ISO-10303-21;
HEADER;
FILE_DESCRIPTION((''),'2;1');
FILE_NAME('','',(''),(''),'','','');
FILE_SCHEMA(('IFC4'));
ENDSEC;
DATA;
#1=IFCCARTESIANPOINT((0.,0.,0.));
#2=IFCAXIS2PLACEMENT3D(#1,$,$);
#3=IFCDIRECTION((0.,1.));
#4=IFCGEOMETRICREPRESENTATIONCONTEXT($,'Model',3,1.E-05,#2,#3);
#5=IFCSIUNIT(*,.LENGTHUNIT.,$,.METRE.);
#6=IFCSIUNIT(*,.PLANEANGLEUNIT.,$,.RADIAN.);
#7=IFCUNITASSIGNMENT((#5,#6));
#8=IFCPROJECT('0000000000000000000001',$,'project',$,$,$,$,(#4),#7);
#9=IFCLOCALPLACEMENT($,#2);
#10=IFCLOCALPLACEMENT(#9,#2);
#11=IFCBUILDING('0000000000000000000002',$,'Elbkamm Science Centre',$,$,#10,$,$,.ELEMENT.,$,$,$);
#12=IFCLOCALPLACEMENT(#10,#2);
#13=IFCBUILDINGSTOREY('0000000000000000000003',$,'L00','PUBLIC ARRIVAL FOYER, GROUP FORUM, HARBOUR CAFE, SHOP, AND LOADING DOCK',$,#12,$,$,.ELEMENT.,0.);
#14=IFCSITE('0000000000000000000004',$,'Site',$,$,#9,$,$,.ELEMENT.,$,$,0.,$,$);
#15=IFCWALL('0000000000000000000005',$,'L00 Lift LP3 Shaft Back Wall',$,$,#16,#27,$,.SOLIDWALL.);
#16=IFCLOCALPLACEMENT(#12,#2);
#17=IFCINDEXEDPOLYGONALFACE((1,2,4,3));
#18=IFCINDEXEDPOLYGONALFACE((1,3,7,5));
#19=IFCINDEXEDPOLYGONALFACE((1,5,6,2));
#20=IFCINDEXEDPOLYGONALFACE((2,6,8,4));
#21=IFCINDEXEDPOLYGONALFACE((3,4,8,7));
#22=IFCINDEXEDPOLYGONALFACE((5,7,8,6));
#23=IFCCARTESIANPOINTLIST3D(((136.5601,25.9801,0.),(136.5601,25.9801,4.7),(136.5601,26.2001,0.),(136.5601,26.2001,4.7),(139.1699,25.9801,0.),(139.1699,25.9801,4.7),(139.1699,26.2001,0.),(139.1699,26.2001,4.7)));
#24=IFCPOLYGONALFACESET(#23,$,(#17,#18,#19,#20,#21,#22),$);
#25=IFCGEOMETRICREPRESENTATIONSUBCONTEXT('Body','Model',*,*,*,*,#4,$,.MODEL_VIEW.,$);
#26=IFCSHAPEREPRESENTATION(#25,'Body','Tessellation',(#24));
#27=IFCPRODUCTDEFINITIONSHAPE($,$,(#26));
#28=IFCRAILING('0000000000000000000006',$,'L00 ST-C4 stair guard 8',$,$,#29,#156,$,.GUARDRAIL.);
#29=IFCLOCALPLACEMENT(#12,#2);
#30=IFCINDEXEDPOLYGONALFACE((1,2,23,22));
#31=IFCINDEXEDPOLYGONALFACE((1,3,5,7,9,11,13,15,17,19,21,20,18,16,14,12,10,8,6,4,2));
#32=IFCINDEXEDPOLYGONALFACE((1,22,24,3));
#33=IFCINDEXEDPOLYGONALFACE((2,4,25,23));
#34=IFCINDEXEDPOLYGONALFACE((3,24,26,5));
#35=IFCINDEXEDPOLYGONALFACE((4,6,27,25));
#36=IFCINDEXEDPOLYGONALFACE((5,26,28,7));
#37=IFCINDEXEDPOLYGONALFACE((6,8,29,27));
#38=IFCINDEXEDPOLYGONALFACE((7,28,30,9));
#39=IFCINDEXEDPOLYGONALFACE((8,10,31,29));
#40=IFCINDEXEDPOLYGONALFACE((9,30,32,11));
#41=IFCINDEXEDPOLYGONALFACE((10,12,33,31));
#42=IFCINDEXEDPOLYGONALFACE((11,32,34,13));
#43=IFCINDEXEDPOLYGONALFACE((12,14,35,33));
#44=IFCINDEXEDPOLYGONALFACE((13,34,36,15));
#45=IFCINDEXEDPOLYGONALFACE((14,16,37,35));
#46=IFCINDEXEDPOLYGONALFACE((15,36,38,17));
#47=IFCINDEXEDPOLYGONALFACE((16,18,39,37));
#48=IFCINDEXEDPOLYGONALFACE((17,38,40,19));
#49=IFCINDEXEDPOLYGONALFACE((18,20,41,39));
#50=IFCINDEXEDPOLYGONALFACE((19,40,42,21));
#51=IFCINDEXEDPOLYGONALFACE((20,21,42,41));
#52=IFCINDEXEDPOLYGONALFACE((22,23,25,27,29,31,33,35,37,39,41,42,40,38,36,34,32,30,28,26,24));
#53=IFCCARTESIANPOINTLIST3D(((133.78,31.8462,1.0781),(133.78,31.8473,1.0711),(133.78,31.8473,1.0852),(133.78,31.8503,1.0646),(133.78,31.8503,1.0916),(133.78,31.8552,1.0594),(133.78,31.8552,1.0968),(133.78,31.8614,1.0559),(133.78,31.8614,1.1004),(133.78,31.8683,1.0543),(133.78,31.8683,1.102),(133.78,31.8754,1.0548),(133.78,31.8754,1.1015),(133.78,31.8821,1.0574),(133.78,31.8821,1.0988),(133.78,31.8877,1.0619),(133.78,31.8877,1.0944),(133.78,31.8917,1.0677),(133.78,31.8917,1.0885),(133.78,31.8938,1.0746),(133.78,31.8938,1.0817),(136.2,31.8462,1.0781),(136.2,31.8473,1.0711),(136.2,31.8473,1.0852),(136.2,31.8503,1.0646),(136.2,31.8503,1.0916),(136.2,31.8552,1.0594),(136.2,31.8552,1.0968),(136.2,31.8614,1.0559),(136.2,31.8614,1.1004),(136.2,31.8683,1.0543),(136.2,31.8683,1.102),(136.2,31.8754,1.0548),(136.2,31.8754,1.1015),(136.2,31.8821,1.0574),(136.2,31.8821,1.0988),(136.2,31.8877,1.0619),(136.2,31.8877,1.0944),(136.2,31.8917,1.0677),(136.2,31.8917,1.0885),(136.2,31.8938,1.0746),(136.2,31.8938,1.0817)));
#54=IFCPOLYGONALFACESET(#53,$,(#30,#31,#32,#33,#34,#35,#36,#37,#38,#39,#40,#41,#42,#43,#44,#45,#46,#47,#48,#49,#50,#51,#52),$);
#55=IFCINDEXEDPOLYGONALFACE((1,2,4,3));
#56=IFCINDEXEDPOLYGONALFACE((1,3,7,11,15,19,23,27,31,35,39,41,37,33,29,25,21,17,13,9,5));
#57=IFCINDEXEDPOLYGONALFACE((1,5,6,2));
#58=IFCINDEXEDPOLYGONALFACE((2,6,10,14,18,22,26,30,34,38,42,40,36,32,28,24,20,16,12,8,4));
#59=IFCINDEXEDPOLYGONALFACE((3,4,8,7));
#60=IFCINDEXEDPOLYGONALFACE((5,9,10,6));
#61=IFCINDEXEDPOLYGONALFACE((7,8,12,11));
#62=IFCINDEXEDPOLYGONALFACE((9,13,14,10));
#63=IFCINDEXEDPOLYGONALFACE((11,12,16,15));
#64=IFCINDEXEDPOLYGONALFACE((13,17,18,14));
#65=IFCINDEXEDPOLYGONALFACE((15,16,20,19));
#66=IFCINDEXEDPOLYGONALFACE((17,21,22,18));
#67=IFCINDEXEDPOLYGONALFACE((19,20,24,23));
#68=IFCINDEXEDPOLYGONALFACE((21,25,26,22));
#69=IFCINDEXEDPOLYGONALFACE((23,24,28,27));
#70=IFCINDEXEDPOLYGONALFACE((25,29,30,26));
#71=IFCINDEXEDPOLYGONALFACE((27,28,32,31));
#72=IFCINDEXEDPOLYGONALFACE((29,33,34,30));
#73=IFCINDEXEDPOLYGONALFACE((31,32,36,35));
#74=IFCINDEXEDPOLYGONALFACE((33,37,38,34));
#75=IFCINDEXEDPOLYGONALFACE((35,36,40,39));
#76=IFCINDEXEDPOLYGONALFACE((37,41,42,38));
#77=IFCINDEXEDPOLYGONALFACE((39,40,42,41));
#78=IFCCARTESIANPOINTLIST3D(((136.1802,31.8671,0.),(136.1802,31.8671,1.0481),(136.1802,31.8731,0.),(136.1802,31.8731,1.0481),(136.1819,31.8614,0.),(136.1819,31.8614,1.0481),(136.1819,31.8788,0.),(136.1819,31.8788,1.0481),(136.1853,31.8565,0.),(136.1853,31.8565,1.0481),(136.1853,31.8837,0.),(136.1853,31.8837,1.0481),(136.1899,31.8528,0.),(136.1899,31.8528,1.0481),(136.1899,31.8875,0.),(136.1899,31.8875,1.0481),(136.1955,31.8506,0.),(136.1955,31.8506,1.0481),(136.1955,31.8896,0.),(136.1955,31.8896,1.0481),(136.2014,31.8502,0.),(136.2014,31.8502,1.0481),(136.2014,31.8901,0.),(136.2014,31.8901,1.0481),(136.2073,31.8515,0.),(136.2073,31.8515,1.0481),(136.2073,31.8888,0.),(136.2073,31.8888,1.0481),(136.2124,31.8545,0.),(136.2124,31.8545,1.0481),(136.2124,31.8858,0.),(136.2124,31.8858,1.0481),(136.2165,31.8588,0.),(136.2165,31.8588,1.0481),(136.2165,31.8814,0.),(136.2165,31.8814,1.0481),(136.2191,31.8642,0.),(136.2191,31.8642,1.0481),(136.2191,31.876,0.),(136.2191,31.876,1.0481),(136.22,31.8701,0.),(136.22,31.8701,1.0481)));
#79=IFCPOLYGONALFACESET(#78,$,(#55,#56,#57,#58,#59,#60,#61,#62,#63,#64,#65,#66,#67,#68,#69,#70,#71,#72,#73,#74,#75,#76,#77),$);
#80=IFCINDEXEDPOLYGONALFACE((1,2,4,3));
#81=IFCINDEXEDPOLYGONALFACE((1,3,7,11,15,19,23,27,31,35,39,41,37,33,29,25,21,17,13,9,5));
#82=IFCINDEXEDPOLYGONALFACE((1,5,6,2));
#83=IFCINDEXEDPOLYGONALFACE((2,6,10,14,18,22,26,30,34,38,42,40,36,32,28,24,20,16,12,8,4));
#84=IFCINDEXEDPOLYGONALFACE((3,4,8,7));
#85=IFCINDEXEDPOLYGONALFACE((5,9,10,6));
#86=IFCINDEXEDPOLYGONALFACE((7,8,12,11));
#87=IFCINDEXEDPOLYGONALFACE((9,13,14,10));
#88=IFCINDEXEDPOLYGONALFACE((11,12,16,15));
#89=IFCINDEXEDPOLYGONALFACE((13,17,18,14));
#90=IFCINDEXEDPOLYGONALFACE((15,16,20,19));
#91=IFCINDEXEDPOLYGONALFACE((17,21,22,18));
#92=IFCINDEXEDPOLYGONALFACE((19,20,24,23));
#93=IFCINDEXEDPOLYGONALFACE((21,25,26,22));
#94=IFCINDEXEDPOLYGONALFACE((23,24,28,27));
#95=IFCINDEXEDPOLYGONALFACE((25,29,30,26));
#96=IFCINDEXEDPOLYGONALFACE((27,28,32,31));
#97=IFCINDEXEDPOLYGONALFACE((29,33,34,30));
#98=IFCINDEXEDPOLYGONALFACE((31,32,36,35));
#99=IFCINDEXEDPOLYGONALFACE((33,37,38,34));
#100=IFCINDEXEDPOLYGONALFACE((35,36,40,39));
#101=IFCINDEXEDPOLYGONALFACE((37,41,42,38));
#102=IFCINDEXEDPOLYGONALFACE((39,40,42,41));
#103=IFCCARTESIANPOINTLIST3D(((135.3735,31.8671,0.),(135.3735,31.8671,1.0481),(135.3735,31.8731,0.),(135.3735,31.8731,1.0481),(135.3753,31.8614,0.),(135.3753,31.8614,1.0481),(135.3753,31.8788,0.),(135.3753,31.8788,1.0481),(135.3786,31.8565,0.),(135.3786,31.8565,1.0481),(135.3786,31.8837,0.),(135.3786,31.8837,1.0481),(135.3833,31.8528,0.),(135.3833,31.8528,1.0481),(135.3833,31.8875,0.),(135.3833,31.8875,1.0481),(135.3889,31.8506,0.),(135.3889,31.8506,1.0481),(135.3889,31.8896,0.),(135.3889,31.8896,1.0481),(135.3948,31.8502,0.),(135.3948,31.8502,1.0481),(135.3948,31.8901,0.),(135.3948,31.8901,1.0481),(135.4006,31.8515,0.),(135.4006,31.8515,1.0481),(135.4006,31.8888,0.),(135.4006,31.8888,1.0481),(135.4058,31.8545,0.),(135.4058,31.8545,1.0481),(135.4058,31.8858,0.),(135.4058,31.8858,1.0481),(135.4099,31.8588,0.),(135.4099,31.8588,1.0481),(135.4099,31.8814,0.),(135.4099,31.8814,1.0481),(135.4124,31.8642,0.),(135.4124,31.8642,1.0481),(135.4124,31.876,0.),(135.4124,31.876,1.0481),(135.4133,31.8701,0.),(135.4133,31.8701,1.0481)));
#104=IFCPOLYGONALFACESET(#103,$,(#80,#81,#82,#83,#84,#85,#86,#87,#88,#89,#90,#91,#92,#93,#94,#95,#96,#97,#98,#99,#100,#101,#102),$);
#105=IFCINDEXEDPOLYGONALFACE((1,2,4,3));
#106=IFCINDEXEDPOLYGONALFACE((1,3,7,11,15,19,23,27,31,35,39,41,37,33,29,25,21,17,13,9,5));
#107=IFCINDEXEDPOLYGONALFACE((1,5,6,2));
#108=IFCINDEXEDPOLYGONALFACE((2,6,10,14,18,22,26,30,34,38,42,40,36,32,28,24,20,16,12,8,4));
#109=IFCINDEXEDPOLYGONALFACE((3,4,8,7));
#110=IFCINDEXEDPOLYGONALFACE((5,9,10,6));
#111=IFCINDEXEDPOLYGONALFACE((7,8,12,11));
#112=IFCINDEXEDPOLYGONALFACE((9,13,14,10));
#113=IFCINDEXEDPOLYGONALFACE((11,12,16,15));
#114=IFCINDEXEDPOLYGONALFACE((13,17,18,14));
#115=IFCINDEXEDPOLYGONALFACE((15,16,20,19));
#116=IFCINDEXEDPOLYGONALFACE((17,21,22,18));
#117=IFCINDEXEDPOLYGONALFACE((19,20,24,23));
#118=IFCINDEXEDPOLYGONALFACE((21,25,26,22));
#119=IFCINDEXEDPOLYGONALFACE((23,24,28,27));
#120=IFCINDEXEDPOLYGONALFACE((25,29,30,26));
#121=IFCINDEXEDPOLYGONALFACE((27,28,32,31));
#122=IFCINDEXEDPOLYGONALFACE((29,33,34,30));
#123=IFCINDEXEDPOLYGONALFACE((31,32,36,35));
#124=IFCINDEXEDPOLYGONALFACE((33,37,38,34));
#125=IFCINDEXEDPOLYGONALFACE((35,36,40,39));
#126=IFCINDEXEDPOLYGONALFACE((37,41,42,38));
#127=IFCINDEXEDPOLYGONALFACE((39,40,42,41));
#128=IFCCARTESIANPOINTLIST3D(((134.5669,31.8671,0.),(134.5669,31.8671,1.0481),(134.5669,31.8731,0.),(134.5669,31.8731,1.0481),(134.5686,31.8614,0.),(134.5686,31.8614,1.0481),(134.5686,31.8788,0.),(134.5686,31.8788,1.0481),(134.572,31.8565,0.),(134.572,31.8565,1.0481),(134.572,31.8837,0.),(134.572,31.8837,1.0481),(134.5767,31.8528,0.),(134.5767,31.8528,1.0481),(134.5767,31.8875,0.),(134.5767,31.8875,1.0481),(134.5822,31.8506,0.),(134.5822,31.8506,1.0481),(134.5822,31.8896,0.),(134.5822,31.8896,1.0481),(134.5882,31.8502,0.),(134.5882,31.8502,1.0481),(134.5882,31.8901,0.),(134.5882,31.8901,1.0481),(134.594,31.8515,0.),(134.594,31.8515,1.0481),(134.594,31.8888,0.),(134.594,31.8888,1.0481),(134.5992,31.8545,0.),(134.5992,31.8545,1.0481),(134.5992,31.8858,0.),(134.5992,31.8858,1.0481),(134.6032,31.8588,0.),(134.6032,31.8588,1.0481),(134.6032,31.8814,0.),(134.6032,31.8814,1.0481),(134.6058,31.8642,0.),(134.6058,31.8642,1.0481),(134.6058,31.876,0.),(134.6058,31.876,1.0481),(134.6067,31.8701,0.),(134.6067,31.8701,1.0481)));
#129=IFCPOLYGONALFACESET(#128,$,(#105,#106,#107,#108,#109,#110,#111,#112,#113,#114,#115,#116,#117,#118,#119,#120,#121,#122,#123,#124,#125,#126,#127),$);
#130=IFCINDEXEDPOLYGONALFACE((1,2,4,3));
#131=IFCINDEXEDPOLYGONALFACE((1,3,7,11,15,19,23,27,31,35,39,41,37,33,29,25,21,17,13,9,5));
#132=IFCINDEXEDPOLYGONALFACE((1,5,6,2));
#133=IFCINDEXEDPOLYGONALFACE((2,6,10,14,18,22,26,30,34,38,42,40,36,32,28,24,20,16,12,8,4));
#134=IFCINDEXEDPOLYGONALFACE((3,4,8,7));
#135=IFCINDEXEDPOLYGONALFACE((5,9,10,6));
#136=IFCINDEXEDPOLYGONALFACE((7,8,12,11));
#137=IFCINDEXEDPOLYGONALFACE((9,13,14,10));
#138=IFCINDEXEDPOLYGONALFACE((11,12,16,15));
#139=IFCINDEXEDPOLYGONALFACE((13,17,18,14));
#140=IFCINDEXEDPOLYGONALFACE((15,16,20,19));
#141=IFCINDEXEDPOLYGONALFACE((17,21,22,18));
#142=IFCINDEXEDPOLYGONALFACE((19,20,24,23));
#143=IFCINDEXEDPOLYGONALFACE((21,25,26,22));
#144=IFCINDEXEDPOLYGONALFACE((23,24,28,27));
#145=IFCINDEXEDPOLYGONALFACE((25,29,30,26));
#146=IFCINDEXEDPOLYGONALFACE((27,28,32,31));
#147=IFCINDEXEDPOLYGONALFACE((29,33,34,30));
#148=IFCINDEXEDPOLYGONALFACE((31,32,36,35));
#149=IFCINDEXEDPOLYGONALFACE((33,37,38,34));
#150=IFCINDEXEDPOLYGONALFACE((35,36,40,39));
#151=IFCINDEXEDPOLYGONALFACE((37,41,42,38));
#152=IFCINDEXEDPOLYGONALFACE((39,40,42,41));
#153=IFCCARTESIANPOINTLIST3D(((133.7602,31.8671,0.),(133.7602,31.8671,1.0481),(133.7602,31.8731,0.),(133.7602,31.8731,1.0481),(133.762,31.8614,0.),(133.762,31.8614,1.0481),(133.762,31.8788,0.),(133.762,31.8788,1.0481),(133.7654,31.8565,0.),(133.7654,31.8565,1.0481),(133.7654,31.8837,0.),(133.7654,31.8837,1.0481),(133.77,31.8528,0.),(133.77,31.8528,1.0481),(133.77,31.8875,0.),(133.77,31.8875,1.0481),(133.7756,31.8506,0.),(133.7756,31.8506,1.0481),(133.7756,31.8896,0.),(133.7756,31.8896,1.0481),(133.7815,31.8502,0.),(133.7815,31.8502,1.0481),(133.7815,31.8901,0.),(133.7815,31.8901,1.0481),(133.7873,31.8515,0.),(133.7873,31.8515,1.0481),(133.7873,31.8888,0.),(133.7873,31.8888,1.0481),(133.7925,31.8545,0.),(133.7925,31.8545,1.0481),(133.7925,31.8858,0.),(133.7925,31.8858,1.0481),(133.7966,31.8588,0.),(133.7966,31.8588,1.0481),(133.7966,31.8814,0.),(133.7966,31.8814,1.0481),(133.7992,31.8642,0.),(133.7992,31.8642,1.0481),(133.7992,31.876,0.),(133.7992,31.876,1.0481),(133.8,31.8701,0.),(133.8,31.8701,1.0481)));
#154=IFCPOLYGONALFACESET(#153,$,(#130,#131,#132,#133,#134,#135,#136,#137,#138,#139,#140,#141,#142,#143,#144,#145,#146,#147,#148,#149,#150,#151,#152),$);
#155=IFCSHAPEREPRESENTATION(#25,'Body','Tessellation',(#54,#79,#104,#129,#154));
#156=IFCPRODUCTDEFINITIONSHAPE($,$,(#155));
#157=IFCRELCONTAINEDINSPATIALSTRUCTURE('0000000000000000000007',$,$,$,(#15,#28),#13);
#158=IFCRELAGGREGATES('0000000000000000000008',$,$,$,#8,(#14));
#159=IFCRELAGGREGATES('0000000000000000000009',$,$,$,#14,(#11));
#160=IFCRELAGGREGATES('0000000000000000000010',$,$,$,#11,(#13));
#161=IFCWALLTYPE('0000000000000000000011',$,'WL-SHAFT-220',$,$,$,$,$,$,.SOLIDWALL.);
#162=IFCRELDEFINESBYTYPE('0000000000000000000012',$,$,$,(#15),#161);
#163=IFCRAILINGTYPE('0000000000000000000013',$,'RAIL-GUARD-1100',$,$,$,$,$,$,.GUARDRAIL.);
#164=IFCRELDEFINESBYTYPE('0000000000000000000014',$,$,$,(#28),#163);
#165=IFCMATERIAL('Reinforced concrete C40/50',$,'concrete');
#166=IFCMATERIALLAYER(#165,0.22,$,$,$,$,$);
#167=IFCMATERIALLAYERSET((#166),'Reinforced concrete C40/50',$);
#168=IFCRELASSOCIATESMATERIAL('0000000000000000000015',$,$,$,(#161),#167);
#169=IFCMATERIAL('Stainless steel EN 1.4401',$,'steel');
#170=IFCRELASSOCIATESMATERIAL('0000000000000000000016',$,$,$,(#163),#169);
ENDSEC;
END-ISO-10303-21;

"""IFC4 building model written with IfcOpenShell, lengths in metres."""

from ifc_helpers import new_model, si_unit, direction, frame, frame_2d, origin, origin_2d, place, context, subcontext, project, spatial, rectangle, circle, extrude, material, layer, layer_set, type_object, element, save


model = new_model("IFC4")

# Units and contexts
model_context = context("Model", 3, precision=1e-05, world=origin(), true_north=direction((0.0, 1.0)))
body_context = subcontext(model_context, "Body", "Model", "MODEL_VIEW")
ifc_project = project(units=[si_unit("LENGTHUNIT", "METRE"), si_unit("PLANEANGLEUNIT", "RADIAN")], contexts=[model_context])

# Site, building, storey
site_placement = place(None, origin())
site = spatial("IfcSite", under=ifc_project, at=site_placement, Name="Site", CompositionType="ELEMENT", RefElevation=0.0)
building_placement = place(site_placement, origin())
building = spatial("IfcBuilding", under=site, at=building_placement, Name="Elbkamm Science Centre", CompositionType="ELEMENT")
storey_placement = place(building_placement, origin())
storey = spatial("IfcBuildingStorey", under=building, at=storey_placement, Name="L00", Description="PUBLIC ARRIVAL FOYER, GROUP FORUM, HARBOUR CAFE, SHOP, AND LOADING DOCK", CompositionType="ELEMENT", Elevation=0.0)

# Shared definitions
ifc_material_1 = material(Name="Reinforced concrete C40/50", Category="concrete")

# Wall
ifc_layer_1 = layer(ifc_material_1, 0.22)
ifc_layer_set_1 = layer_set([ifc_layer_1], Name="Reinforced concrete C40/50")
wall_type_1 = type_object("IfcWallType", Name="WL-SHAFT-220", PredefinedType="SOLIDWALL", material=ifc_layer_set_1)
wall_1_placement = place(storey_placement, frame((136.5601, 26.0901, 0.0), z_axis=(0.0, 0.0, 1.0), x_axis=(1.0, 0.0, 0.0)))
element("IfcWall", 1, at=wall_1_placement, inside=storey, type_object=wall_type_1, Name="L00 Lift LP3 Shaft Back Wall", PredefinedType="SOLIDWALL", context=body_context, shape_type="SweptSolid", body=[
    extrude(rectangle(XDim=2.6099, YDim=0.22, at=frame_2d((1.3049, 0.0))), origin(), (0.0, 0.0, 1.0), 4.7),
])

# Railing
ifc_material_2 = material(Name="Stainless steel EN 1.4401", Category="steel")
railing_type = type_object("IfcRailingType", Name="RAIL-GUARD-1100", PredefinedType="GUARDRAIL", material=ifc_material_2)
for number, where, name in (
    (2, (136.2, 31.8701, 0.0), "L00 ST-C4 stair guard 8"),
):
    element("IfcRailing", number, at=place(storey_placement, frame(where)), inside=storey, type_object=railing_type, Name=name, PredefinedType="GUARDRAIL", context=body_context, shape_type="SweptSolid", body=[
        extrude(circle(Radius=0.0239, at=origin_2d()), frame((0.0, 0.0, 1.0781), z_axis=(-1.0, 0.0, 0.0), x_axis=(0.0, -1.0, 0.0)), (0.0, 0.0, 1.0), 2.4199),
        extrude(circle(Radius=0.02, at=origin_2d()), origin(), (0.0, 0.0, 1.0), 1.0481),
        extrude(circle(Radius=0.02, at=origin_2d()), frame((-0.8066, 0.0, 0.0)), (0.0, 0.0, 1.0), 1.0481),
        extrude(circle(Radius=0.02, at=origin_2d()), frame((-1.6133, 0.0, 0.0)), (0.0, 0.0, 1.0), 1.0481),
        extrude(circle(Radius=0.02, at=origin_2d()), frame((-2.4199, 0.0, 0.0)), (0.0, 0.0, 1.0), 1.0481),
    ])

save(model, "model.ifc")
